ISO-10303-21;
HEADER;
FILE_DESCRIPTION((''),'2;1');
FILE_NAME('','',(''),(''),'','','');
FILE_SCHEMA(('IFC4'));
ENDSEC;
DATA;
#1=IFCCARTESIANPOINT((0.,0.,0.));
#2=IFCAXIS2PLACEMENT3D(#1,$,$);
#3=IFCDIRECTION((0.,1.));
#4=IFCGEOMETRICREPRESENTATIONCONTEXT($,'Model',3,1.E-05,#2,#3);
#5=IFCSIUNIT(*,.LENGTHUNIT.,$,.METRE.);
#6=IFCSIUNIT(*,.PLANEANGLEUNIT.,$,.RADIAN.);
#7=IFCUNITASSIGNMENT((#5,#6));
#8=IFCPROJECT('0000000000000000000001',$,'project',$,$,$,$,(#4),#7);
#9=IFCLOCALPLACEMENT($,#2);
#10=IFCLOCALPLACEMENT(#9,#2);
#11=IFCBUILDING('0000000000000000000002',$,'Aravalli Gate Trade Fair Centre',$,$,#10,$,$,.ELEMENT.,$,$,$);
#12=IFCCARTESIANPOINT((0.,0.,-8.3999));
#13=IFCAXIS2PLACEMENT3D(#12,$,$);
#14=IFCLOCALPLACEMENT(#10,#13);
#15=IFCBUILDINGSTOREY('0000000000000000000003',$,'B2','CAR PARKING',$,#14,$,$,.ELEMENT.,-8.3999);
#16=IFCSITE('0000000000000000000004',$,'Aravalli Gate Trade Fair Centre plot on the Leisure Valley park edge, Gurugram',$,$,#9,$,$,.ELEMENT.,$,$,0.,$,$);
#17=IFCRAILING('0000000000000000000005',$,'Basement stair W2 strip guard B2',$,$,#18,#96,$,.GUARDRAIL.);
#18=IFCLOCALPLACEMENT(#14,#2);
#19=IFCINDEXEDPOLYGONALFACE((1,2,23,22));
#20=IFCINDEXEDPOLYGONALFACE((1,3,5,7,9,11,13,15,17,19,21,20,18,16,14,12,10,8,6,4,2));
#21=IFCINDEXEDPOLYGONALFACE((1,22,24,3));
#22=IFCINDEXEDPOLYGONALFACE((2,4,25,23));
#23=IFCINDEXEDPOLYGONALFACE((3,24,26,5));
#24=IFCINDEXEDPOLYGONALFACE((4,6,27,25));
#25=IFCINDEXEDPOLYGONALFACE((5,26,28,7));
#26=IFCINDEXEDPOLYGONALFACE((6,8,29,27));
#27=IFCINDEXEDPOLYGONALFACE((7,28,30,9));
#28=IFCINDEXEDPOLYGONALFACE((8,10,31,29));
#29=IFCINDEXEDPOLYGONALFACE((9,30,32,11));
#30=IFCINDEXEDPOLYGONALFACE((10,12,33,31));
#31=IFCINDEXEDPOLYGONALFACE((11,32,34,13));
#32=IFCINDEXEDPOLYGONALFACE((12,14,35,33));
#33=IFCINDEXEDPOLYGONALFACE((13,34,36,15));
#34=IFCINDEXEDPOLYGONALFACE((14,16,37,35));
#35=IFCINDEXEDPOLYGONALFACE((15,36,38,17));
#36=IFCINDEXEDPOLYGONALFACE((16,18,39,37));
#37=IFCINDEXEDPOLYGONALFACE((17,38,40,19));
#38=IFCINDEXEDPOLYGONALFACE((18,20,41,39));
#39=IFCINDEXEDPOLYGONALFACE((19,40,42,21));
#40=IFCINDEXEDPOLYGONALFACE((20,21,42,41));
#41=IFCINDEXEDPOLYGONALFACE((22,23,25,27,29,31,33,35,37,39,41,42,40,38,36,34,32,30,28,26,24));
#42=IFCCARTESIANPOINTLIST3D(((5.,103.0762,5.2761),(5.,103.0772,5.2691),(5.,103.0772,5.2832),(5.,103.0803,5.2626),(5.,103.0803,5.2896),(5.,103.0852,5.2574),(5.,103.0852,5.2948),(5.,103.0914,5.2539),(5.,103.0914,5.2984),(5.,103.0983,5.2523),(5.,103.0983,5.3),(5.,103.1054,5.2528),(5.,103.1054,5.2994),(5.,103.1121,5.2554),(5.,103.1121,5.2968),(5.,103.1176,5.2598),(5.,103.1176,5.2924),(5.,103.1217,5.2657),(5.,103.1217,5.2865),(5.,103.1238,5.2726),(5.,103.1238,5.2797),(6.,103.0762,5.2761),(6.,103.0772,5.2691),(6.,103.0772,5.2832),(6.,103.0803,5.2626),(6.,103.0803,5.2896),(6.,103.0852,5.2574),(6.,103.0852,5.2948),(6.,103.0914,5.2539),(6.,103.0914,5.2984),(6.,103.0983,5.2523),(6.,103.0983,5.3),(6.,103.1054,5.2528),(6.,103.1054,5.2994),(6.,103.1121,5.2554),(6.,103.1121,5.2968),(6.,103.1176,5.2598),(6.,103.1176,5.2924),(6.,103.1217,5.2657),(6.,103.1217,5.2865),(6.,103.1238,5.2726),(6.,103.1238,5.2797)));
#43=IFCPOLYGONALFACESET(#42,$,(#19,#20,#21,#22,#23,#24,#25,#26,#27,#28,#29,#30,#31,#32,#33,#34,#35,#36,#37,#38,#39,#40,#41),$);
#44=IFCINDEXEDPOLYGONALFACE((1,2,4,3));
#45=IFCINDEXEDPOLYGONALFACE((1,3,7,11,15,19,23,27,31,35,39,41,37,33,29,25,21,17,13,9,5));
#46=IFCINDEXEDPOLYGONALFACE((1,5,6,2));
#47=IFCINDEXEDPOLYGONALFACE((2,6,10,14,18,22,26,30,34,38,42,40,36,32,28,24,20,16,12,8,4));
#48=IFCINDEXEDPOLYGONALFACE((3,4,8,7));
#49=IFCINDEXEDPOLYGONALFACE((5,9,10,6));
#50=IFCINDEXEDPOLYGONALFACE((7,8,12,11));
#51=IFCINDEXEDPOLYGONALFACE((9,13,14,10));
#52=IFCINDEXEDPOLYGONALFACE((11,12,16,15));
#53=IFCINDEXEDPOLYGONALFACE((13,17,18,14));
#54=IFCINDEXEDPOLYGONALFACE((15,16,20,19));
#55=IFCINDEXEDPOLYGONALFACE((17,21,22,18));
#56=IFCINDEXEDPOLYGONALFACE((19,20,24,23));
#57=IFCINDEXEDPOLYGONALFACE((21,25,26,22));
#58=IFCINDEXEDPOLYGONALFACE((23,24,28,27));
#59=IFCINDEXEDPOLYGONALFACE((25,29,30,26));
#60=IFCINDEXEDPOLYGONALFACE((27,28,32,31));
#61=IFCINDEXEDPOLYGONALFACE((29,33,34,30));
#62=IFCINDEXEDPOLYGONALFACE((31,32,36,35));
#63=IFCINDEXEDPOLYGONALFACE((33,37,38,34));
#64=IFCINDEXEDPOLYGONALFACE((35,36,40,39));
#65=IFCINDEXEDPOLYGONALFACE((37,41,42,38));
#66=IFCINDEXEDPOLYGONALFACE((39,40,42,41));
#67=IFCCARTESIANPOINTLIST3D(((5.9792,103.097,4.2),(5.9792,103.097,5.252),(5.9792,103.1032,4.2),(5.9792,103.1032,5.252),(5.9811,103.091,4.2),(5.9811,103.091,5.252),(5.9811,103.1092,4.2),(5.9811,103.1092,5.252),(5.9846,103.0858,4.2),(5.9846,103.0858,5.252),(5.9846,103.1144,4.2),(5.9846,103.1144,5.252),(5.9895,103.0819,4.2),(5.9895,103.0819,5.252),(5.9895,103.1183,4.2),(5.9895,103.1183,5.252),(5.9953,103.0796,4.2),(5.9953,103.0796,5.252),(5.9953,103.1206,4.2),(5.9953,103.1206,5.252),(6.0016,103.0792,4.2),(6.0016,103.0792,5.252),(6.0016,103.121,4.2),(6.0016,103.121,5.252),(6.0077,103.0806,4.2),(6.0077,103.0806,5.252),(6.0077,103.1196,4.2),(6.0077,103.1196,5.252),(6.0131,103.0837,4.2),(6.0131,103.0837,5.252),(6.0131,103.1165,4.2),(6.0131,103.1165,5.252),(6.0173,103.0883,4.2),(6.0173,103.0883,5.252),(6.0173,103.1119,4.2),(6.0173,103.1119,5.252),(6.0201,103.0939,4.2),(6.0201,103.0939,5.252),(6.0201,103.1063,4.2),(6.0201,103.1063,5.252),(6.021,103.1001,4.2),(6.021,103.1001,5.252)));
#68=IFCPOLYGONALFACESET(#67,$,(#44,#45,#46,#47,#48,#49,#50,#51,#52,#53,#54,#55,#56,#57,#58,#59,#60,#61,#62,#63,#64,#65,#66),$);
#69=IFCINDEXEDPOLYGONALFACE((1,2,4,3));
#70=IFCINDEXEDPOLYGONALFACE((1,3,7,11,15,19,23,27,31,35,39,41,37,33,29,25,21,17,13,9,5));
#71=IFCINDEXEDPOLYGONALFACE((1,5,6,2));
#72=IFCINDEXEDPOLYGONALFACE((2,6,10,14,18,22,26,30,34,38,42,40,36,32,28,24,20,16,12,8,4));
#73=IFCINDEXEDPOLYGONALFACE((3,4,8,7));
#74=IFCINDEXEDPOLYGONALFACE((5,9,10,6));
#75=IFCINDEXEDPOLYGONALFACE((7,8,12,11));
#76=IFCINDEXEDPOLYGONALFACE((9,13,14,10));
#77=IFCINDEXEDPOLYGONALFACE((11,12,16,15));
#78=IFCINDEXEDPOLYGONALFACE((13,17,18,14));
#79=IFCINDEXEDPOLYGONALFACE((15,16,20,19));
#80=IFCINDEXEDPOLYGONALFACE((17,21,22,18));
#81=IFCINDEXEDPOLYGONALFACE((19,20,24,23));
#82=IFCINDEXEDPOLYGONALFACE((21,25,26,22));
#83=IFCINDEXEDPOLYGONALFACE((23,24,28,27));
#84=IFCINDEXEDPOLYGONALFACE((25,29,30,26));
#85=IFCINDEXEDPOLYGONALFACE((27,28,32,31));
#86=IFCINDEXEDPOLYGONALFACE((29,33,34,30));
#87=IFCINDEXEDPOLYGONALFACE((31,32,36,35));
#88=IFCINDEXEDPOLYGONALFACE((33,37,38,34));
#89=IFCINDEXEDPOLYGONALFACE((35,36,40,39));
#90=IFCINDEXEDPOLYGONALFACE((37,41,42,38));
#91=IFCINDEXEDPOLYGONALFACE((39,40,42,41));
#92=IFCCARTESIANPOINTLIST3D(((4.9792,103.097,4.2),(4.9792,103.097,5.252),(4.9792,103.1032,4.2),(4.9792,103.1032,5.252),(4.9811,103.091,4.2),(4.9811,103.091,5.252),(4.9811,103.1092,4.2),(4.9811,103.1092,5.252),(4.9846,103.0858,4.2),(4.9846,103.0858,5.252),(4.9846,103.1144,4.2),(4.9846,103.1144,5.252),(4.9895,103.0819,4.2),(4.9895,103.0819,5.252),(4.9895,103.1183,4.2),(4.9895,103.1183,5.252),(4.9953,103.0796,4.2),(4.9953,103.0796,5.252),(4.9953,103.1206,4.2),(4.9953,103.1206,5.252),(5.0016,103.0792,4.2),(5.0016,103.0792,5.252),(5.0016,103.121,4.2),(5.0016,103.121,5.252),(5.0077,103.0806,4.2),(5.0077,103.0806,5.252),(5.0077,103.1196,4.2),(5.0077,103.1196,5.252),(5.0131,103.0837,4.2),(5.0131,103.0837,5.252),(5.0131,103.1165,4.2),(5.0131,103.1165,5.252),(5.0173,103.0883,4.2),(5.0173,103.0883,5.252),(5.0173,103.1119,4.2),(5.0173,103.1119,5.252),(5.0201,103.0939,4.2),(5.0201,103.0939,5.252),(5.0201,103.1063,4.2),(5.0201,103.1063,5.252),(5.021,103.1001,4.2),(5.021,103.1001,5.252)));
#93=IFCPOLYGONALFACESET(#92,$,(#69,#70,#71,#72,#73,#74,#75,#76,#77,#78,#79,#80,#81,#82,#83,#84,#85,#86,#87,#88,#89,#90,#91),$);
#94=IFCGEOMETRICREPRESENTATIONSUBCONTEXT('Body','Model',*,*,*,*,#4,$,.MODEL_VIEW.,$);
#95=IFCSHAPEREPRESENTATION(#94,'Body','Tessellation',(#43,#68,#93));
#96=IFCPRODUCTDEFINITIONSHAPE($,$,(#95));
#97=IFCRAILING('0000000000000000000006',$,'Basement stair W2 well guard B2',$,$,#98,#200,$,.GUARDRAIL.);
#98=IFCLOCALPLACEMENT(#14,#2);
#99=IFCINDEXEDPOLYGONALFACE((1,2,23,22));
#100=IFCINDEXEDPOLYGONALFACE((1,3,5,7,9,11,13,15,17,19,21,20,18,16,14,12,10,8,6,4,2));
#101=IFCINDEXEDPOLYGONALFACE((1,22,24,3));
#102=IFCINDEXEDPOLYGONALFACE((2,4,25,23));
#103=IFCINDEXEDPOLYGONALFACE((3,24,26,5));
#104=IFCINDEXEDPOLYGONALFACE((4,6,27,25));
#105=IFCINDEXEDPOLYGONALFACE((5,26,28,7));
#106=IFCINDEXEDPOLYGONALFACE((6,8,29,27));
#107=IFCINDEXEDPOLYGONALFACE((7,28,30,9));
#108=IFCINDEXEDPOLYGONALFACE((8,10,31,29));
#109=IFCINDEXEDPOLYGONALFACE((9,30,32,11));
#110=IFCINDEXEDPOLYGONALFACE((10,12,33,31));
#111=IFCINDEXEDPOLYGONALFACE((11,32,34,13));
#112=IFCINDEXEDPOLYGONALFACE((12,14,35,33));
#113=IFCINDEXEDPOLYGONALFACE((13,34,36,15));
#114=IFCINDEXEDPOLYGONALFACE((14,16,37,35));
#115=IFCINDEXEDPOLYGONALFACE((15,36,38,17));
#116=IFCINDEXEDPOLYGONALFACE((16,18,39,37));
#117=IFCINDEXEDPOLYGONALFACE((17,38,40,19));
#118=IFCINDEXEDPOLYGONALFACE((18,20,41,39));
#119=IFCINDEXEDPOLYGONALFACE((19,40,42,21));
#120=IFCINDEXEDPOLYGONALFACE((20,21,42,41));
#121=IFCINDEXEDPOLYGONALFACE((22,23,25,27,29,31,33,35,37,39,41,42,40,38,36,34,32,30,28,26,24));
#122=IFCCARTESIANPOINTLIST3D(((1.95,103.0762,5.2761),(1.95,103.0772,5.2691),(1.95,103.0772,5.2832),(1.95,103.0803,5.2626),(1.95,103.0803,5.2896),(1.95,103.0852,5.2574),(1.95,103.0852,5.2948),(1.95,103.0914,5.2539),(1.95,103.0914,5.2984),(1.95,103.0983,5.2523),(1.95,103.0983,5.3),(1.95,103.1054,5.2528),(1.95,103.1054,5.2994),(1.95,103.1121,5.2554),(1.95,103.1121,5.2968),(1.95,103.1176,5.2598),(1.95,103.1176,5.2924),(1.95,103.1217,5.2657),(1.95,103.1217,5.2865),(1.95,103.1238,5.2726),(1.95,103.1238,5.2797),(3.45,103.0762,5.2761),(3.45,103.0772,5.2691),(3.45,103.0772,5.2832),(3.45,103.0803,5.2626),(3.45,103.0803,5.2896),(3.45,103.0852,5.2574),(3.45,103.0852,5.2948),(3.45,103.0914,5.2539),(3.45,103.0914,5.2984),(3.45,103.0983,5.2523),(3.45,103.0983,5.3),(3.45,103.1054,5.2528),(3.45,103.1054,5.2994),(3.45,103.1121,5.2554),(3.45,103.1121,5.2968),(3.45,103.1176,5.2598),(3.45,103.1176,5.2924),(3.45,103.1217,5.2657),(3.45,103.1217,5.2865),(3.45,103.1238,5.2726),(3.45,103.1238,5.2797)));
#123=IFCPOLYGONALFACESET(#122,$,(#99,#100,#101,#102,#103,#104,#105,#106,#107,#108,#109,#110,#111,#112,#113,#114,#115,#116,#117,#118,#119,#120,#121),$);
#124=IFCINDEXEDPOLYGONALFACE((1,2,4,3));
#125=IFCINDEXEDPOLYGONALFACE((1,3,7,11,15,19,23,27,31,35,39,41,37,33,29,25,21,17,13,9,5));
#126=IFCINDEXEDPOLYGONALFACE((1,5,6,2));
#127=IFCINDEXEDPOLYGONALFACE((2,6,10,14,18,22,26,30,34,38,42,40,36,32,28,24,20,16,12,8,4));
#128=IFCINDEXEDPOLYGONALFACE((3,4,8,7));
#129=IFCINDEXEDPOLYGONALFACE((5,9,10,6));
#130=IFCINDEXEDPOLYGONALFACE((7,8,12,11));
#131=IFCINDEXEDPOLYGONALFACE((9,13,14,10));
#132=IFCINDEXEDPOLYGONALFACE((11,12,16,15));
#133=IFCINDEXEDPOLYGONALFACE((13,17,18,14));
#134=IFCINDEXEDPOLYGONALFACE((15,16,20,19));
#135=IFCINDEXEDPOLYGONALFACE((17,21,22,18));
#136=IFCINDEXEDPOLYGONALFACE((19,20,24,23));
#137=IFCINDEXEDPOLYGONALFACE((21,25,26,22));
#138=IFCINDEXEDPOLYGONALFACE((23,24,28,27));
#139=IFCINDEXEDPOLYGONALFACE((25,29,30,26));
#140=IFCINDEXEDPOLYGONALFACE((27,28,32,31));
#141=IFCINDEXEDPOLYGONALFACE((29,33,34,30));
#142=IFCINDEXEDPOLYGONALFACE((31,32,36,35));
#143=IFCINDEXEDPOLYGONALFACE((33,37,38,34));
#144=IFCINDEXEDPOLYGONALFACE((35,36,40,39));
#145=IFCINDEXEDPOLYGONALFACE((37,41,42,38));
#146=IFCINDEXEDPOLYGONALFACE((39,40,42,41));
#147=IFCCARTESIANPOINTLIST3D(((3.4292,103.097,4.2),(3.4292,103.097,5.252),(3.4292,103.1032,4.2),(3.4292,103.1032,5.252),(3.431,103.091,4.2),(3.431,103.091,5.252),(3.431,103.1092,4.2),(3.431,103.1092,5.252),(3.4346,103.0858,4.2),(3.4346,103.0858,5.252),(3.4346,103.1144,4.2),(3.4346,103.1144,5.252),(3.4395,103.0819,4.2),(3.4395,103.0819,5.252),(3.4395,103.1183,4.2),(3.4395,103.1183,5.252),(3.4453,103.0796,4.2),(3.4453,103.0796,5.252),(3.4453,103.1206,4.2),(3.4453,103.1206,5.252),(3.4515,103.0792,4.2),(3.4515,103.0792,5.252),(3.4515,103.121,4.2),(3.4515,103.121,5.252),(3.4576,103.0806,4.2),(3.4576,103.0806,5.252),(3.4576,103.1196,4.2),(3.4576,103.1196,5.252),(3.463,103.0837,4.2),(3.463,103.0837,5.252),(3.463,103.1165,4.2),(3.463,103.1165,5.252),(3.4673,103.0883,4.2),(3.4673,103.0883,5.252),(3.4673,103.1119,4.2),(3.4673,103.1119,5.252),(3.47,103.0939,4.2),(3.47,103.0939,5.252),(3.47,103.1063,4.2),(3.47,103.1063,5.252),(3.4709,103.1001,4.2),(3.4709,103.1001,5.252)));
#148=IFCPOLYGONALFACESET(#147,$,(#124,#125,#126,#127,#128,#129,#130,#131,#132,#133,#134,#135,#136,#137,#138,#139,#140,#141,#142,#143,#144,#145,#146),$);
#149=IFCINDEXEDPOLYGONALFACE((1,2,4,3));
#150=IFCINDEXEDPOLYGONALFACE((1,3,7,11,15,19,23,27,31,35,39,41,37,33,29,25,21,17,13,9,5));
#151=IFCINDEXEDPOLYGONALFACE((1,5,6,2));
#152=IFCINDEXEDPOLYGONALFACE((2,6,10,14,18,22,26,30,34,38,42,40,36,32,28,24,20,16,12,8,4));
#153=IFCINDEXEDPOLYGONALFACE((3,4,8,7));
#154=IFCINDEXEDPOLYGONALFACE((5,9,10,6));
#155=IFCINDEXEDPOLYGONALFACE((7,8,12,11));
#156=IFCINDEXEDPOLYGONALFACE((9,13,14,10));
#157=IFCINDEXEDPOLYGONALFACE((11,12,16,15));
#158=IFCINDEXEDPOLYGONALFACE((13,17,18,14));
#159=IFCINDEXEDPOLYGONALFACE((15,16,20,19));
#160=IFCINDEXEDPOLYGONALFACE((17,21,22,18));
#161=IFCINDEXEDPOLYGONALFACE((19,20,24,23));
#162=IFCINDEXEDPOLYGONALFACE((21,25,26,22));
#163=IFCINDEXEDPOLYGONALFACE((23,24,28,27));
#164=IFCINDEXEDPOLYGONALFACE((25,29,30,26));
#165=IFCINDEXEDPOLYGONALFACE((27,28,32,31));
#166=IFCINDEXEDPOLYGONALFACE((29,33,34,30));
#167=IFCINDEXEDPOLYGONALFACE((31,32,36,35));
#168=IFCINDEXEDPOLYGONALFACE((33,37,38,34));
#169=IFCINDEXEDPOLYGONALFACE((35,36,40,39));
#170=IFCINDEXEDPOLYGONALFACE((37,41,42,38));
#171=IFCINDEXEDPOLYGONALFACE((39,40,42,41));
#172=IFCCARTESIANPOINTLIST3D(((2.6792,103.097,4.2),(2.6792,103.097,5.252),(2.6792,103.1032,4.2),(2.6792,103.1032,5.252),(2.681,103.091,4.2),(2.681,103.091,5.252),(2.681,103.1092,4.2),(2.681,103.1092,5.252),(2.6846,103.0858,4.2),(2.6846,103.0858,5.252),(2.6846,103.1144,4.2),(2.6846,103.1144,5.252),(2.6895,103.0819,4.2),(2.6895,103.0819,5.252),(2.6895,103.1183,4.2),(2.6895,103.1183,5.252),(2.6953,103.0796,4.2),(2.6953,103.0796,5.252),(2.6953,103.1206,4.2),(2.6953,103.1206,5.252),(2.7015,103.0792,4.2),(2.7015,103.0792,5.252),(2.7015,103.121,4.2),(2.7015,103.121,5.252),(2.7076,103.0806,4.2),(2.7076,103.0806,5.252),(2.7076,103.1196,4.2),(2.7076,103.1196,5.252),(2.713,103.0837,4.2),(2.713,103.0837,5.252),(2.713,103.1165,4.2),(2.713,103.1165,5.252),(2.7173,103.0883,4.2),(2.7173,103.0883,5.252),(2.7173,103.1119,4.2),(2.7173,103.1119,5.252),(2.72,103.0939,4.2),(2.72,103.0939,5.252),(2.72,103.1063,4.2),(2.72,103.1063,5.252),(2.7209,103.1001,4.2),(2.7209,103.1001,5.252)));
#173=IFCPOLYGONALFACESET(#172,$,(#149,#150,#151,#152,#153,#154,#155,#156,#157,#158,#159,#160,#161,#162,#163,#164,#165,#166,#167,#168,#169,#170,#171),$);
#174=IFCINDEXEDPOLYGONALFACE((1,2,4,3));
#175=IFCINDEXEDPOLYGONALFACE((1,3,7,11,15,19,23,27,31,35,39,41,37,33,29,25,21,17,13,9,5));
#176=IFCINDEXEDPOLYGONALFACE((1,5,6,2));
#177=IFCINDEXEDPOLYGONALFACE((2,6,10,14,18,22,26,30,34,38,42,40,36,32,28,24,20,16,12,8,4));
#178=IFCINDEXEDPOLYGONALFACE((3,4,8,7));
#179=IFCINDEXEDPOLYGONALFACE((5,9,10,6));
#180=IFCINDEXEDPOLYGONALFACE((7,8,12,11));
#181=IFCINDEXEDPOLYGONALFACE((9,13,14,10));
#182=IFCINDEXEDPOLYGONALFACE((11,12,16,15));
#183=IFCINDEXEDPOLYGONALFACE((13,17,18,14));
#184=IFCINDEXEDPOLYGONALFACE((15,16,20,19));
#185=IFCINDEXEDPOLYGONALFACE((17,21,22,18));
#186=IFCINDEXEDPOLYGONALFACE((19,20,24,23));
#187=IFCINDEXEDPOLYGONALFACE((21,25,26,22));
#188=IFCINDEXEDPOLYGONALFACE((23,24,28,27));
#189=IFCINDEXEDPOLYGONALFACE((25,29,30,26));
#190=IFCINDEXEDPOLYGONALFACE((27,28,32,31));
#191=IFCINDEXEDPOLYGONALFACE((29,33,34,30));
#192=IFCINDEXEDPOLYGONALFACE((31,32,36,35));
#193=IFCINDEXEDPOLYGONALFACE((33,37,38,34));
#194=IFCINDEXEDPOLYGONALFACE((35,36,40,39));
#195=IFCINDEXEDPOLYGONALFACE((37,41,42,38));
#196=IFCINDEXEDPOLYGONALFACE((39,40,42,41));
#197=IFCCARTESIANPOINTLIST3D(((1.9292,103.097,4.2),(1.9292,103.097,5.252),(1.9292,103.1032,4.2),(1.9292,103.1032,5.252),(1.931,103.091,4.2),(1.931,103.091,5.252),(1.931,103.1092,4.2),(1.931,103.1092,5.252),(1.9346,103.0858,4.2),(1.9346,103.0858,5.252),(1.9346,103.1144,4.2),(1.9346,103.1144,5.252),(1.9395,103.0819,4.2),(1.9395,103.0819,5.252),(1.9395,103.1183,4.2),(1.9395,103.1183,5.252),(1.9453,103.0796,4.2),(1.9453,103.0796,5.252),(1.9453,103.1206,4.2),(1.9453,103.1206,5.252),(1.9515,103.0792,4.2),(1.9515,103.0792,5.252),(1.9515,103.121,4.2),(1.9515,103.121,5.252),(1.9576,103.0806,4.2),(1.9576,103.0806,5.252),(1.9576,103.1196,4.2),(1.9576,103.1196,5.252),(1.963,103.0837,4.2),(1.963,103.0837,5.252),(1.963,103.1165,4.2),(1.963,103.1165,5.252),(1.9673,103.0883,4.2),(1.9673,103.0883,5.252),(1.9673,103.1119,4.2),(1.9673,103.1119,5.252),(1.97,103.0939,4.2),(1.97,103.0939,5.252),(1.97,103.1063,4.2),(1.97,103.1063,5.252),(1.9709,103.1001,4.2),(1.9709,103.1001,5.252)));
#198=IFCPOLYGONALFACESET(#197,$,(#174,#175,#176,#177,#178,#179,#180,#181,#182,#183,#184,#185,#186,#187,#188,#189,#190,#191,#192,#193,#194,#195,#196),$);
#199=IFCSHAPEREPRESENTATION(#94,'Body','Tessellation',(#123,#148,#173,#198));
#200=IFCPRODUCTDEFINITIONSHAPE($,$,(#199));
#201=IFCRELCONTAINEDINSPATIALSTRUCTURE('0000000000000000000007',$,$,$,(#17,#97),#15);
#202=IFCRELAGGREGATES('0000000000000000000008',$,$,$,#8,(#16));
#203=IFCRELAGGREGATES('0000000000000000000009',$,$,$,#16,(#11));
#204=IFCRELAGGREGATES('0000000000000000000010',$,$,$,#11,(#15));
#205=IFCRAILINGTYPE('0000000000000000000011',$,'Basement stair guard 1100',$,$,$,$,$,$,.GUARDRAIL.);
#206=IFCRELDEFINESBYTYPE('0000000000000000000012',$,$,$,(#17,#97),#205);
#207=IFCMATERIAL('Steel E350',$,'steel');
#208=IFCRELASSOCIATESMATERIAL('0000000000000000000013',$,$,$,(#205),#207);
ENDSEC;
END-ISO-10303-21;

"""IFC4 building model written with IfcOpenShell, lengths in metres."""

from ifc_helpers import new_model, si_unit, direction, frame, origin, origin_2d, place, context, subcontext, project, spatial, circle, extrude, material, type_object, element, save


model = new_model("IFC4")

# Units and contexts
model_context = context("Model", 3, precision=1e-05, world=origin(), true_north=direction((0.0, 1.0)))
body_context = subcontext(model_context, "Body", "Model", "MODEL_VIEW")
ifc_project = project(units=[si_unit("LENGTHUNIT", "METRE"), si_unit("PLANEANGLEUNIT", "RADIAN")], contexts=[model_context])

# Site, building, storey
site_placement = place(None, origin())
site = spatial("IfcSite", under=ifc_project, at=site_placement, Name="Aravalli Gate Trade Fair Centre plot on the Leisure Valley park edge, Gurugram", CompositionType="ELEMENT", RefElevation=0.0)
building_placement = place(site_placement, origin())
building = spatial("IfcBuilding", under=site, at=building_placement, Name="Aravalli Gate Trade Fair Centre", CompositionType="ELEMENT")
storey_placement = place(building_placement, frame((0.0, 0.0, -8.3999)))
storey = spatial("IfcBuildingStorey", under=building, at=storey_placement, Name="B2", Description="CAR PARKING", CompositionType="ELEMENT", Elevation=-8.3999)

# Railings
ifc_material_1 = material(Name="Steel E350", Category="steel")
railing_type_1 = type_object("IfcRailingType", Name="Basement stair guard 1100", PredefinedType="GUARDRAIL", material=ifc_material_1)
railing_1_placement = place(storey_placement, frame((6.0, 103.1001, 4.2)))
element("IfcRailing", 1, at=railing_1_placement, inside=storey, type_object=railing_type_1, Name="Basement stair W2 strip guard B2", PredefinedType="GUARDRAIL", context=body_context, shape_type="SweptSolid", body=[
    extrude(circle(Radius=0.0239, at=origin_2d()), frame((0.0, 0.0, 1.0762), z_axis=(-1.0, 0.0, 0.0), x_axis=(0.0, -1.0, 0.0)), (0.0, 0.0, 1.0), 1.0),
    extrude(circle(Radius=0.021, at=origin_2d()), origin(), (0.0, 0.0, 1.0), 1.052),
    extrude(circle(Radius=0.021, at=origin_2d()), frame((-1.0, 0.0, 0.0)), (0.0, 0.0, 1.0), 1.052),
])
railing_2_placement = place(storey_placement, frame((3.45, 103.1001, 4.2)))
element("IfcRailing", 2, at=railing_2_placement, inside=storey, type_object=railing_type_1, Name="Basement stair W2 well guard B2", PredefinedType="GUARDRAIL", context=body_context, shape_type="SweptSolid", body=[
    extrude(circle(Radius=0.0239, at=origin_2d()), frame((0.0, 0.0, 1.0762), z_axis=(-1.0, 0.0, 0.0), x_axis=(0.0, -1.0, 0.0)), (0.0, 0.0, 1.0), 1.5),
    extrude(circle(Radius=0.021, at=origin_2d()), origin(), (0.0, 0.0, 1.0), 1.052),
    extrude(circle(Radius=0.021, at=origin_2d()), frame((-0.75, 0.0, 0.0)), (0.0, 0.0, 1.0), 1.052),
    extrude(circle(Radius=0.021, at=origin_2d()), frame((-1.5, 0.0, 0.0)), (0.0, 0.0, 1.0), 1.052),
])

save(model, "model.ifc")
